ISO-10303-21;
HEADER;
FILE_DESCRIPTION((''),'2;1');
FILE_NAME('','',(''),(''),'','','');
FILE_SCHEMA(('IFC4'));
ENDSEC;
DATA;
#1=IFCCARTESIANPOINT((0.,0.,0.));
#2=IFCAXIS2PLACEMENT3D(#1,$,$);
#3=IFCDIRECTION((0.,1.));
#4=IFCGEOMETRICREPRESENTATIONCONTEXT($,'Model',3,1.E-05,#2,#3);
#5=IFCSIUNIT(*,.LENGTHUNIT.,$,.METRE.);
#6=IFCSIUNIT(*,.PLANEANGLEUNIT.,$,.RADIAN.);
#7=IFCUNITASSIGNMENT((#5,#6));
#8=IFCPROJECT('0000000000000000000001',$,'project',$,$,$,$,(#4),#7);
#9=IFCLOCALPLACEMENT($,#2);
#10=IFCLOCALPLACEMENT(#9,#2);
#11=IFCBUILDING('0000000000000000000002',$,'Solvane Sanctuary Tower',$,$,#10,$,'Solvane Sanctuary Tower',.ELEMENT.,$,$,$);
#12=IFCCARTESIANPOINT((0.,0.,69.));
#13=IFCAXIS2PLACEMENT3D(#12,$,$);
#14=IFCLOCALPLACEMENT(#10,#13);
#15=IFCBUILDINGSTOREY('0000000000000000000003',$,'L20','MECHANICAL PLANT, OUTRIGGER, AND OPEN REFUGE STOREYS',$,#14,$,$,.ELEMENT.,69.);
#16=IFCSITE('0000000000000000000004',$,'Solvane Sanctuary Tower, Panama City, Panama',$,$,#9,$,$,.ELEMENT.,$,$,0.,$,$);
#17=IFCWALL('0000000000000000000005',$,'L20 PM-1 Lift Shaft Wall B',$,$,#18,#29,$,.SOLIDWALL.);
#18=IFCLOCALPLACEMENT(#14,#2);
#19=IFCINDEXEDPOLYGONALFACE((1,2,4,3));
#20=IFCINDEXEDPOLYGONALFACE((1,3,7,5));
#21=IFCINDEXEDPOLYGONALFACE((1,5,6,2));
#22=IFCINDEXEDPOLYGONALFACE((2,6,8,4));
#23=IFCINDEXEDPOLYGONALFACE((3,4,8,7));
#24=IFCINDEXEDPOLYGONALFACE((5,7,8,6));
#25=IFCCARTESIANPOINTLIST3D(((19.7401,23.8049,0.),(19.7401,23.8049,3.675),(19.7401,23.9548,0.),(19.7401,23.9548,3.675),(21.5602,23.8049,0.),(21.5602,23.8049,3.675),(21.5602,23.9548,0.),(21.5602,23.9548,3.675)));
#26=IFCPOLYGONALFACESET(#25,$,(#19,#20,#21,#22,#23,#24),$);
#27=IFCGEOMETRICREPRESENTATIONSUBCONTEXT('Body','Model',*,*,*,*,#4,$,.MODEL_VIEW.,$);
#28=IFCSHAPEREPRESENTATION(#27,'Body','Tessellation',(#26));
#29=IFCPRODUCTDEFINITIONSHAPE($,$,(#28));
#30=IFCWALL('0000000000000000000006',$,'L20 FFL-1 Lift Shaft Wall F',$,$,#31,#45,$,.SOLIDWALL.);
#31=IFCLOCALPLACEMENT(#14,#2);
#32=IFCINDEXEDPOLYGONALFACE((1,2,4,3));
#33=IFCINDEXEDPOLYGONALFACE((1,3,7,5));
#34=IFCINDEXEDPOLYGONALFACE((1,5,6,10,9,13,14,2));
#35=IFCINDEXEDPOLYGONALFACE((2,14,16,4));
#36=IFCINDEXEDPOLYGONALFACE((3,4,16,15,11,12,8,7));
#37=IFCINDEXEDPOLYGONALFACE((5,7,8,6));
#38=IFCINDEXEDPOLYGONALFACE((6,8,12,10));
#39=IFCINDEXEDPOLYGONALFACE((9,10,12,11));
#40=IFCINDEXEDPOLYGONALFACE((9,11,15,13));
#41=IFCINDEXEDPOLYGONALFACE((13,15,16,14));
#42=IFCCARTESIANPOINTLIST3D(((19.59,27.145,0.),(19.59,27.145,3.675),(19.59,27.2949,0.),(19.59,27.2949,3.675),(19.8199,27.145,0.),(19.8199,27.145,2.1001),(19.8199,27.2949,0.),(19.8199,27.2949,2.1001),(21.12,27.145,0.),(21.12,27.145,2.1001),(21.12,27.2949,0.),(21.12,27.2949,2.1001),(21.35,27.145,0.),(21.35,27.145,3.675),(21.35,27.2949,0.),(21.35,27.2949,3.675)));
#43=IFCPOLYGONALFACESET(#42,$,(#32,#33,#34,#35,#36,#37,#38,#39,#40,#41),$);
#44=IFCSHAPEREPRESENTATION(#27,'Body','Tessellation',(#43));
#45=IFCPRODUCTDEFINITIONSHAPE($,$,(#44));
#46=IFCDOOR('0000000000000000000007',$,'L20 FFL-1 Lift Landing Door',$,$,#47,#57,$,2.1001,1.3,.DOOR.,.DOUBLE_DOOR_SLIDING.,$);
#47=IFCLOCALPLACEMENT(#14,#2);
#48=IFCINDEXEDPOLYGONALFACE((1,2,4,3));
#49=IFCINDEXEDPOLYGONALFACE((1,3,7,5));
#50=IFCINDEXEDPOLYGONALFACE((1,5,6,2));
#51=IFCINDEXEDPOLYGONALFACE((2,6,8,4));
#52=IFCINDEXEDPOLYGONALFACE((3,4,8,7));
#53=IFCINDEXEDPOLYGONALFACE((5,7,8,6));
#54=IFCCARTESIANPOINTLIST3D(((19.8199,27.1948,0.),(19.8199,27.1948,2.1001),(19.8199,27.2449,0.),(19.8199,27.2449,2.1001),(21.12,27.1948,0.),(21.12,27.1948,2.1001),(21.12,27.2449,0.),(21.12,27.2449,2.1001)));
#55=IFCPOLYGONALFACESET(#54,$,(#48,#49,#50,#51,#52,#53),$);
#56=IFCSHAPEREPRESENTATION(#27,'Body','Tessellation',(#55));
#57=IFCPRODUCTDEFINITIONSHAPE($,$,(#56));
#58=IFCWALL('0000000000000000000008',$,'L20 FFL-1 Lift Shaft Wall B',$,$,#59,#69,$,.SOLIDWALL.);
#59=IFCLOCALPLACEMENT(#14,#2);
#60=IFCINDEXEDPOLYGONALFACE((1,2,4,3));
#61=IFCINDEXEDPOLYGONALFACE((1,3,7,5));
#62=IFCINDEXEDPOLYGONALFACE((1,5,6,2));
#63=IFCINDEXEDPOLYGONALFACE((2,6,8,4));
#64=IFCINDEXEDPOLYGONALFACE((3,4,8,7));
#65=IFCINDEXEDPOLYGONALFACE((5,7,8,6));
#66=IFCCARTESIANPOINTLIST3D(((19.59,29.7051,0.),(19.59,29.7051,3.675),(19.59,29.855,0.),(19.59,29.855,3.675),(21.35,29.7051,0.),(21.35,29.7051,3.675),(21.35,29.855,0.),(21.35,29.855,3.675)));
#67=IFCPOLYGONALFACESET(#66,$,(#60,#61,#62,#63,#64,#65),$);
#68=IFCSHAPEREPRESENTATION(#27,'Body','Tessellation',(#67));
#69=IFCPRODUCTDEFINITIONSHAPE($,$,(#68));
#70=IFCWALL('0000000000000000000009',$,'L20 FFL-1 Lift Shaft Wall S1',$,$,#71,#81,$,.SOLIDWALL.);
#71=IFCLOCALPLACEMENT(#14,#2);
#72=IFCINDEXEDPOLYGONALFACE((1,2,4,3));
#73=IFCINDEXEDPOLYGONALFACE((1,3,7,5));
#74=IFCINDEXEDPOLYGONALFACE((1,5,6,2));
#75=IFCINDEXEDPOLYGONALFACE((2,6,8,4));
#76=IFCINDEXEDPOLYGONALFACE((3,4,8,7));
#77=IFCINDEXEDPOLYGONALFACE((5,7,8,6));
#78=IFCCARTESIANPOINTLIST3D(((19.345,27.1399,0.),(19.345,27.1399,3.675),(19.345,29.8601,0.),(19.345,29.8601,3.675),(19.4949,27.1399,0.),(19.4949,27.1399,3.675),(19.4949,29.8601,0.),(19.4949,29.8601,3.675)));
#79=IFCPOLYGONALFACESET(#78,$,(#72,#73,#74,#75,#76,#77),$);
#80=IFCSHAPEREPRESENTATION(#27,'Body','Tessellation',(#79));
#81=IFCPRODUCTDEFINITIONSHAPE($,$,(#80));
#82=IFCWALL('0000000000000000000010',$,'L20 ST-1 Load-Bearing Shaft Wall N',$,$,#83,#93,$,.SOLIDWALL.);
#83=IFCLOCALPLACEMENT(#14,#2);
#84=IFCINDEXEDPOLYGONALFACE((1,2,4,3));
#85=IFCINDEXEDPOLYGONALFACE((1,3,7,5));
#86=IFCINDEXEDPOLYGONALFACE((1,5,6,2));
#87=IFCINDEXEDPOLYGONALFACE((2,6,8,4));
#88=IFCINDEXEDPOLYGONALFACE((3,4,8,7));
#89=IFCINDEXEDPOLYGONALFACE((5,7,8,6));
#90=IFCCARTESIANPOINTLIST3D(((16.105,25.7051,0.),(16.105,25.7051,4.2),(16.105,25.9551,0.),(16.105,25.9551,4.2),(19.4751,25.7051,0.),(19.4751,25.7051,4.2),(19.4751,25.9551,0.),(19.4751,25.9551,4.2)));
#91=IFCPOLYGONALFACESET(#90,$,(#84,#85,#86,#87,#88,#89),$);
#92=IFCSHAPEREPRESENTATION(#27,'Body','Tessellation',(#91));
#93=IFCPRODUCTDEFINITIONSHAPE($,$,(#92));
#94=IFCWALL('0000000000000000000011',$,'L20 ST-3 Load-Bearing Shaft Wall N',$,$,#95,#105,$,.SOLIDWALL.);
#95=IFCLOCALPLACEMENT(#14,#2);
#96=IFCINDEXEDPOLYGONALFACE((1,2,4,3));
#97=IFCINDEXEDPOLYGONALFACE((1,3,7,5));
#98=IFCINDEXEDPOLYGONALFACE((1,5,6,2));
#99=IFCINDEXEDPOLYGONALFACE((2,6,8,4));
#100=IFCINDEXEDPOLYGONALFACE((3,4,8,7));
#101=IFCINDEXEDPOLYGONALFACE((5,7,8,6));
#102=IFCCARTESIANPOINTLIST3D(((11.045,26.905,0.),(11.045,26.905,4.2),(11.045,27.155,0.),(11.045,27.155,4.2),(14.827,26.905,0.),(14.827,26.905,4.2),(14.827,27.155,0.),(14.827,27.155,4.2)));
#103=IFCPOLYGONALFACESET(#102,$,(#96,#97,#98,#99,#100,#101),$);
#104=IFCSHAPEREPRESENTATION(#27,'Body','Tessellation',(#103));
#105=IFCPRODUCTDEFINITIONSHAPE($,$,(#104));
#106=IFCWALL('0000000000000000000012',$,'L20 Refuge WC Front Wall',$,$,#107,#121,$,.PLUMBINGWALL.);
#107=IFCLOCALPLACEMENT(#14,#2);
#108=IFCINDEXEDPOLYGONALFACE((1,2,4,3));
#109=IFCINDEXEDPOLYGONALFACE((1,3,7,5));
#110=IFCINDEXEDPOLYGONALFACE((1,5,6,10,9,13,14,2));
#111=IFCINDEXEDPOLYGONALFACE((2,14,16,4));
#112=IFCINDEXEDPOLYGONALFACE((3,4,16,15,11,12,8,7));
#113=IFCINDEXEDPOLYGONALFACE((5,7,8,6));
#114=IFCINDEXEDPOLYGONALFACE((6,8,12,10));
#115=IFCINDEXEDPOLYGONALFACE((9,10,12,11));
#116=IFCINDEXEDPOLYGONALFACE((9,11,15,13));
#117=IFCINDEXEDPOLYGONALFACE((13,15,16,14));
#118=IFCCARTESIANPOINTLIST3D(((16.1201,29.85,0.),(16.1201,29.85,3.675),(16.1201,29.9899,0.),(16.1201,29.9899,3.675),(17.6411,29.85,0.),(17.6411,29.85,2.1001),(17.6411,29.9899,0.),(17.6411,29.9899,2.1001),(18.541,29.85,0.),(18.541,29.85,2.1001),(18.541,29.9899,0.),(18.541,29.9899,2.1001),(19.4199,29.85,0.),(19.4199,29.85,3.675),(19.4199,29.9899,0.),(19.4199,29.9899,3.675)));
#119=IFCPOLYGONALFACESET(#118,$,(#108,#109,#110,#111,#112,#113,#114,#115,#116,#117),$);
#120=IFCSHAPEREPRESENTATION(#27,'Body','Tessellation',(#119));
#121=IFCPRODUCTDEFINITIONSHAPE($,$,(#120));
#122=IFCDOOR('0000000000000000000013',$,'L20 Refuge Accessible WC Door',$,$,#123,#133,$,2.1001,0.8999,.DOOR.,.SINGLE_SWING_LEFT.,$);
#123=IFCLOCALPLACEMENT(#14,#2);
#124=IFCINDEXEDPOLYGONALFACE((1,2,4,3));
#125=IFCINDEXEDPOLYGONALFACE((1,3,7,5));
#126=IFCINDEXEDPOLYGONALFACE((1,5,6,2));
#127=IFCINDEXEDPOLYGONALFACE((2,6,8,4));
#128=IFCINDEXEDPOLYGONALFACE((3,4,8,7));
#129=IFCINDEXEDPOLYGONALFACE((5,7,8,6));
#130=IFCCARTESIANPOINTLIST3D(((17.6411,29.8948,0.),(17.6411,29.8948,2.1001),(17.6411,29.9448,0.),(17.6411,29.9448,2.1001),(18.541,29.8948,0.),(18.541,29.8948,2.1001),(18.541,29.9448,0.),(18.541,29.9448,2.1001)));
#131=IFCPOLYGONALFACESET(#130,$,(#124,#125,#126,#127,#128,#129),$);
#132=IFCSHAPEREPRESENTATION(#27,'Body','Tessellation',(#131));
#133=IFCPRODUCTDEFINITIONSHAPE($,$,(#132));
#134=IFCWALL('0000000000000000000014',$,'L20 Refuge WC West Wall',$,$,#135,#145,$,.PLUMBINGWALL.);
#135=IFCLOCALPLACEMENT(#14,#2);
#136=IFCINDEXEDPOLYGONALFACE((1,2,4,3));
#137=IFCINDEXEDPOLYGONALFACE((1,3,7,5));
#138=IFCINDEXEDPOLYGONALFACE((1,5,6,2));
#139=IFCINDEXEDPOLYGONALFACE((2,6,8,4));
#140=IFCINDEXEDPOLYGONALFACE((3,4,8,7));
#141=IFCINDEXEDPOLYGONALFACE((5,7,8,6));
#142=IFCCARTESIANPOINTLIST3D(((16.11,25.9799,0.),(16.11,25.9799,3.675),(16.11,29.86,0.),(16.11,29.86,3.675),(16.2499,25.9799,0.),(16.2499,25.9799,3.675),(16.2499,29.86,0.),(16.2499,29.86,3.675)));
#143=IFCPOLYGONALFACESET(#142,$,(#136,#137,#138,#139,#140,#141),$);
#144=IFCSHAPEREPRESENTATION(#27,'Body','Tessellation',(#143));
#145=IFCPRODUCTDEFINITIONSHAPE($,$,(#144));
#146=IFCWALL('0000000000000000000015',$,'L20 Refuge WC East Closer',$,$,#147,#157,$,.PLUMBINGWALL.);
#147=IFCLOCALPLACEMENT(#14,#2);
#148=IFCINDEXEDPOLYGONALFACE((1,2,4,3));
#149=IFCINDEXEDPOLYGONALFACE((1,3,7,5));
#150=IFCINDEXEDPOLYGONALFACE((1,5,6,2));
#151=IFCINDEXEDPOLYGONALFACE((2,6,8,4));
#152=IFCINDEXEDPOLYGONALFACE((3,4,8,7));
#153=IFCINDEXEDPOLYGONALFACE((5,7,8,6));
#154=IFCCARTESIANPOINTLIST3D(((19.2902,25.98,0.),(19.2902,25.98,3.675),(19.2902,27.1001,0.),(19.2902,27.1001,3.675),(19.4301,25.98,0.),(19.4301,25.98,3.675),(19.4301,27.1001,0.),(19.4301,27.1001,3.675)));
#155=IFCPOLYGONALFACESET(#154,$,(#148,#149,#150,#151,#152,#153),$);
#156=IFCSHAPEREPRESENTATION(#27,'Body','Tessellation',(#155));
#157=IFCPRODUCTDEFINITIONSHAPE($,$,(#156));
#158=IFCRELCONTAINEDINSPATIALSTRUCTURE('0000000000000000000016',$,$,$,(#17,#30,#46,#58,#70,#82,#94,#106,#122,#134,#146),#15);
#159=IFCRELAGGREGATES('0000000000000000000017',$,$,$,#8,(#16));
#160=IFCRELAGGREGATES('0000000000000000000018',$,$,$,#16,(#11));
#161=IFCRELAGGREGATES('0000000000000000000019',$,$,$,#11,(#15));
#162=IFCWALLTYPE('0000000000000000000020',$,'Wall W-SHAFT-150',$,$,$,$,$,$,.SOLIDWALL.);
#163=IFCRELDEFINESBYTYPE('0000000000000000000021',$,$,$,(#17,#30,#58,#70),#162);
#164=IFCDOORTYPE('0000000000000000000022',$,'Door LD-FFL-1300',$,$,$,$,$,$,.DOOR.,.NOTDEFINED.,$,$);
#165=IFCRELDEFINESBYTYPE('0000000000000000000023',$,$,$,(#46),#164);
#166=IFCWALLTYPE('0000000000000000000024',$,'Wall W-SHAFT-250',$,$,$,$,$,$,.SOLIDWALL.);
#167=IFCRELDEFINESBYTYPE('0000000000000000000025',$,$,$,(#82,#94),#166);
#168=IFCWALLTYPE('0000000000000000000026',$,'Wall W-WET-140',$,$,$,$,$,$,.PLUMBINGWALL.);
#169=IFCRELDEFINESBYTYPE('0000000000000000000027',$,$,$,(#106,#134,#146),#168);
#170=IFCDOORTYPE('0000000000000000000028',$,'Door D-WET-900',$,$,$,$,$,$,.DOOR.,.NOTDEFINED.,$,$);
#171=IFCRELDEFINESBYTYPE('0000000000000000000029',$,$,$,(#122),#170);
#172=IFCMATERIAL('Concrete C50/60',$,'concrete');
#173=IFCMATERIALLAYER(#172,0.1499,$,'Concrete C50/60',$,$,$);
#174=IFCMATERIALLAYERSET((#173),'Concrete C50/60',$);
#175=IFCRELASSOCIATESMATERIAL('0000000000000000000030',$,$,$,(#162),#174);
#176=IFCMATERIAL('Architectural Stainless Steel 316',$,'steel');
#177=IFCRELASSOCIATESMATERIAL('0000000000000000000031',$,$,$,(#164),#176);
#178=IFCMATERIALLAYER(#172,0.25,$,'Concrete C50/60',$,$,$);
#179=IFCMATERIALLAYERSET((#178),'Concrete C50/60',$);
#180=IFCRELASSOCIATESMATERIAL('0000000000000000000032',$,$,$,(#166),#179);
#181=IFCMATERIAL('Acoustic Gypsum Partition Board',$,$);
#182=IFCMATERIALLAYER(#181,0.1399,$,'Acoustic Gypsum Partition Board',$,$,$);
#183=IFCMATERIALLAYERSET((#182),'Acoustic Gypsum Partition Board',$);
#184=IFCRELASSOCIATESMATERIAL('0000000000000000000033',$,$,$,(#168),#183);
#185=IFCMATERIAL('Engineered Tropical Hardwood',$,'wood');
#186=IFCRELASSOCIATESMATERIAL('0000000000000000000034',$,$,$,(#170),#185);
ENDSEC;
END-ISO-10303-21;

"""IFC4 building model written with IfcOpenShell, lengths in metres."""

from ifc_helpers import new_model, si_unit, direction, frame, frame_2d, origin, place, context, subcontext, project, spatial, rectangle, extrude, material, layer, layer_set, type_object, element, fill, save


model = new_model("IFC4")

# Units and contexts
model_context = context("Model", 3, precision=1e-05, world=origin(), true_north=direction((0.0, 1.0)))
body_context = subcontext(model_context, "Body", "Model", "MODEL_VIEW")
ifc_project = project(units=[si_unit("LENGTHUNIT", "METRE"), si_unit("PLANEANGLEUNIT", "RADIAN")], contexts=[model_context])

# Site, building, storey
site_placement = place(None, origin())
site = spatial("IfcSite", under=ifc_project, at=site_placement, Name="Solvane Sanctuary Tower, Panama City, Panama", CompositionType="ELEMENT", RefElevation=0.0)
building_placement = place(site_placement, origin())
building = spatial("IfcBuilding", under=site, at=building_placement, Name="Solvane Sanctuary Tower", LongName="Solvane Sanctuary Tower", CompositionType="ELEMENT")
storey_placement = place(building_placement, frame((0.0, 0.0, 69.0)))
storey = spatial("IfcBuildingStorey", under=building, at=storey_placement, Name="L20", Description="MECHANICAL PLANT, OUTRIGGER, AND OPEN REFUGE STOREYS", CompositionType="ELEMENT", Elevation=69.0)

# Wall
ifc_material_1 = material(Name="Acoustic Gypsum Partition Board")
ifc_material_2 = material(Name="Concrete C50/60", Category="concrete")
ifc_layer_1 = layer(ifc_material_2, 0.1499, Name="Concrete C50/60")
ifc_layer_set_1 = layer_set([ifc_layer_1], Name="Concrete C50/60")
wall_type_1 = type_object("IfcWallType", Name="Wall W-SHAFT-150", PredefinedType="SOLIDWALL", material=ifc_layer_set_1)
for number, where, z_axis, x_axis, name in (
    (1, (19.74, 23.8799, 0.0), (0.0, 0.0, 1.0), (1.0, 0.0, 0.0), "L20 PM-1 Lift Shaft Wall B"),
):
    element("IfcWall", number, at=place(storey_placement, frame(where, z_axis=z_axis, x_axis=x_axis)), inside=storey, type_object=wall_type_1, Name=name, PredefinedType="SOLIDWALL", context=body_context, shape_type="SweptSolid", body=[
        extrude(rectangle(XDim=1.8201, YDim=0.1499, at=frame_2d((0.9102, 0.0))), origin(), (0.0, 0.0, 1.0), 3.675),
    ])

# Wall, opening, door
wall_1_placement = place(storey_placement, frame((19.5901, 27.22, 0.0), z_axis=(0.0, 0.0, 1.0), x_axis=(1.0, 0.0, 0.0)))
wall_1 = element("IfcWall", 2, at=wall_1_placement, inside=storey, type_object=wall_type_1, Name="L20 FFL-1 Lift Shaft Wall F", PredefinedType="SOLIDWALL", context=body_context, shape_type="SweptSolid", body=[
    extrude(rectangle(XDim=1.76, YDim=0.1499, at=frame_2d((0.8799, 0.0))), origin(), (0.0, 0.0, 1.0), 3.675),
])
opening_1_placement = place(wall_1_placement, frame((0.23, 0.0, 0.0)))
opening_1 = element("IfcOpeningElement", 3, at=opening_1_placement, cuts=wall_1, PredefinedType="OPENING", context=body_context, shape_type="SweptSolid", body=[
    extrude(rectangle(XDim=1.3, YDim=2.1001, at=frame_2d((0.6499, 1.05))), frame((0.0, 0.085, 0.0), z_axis=(0.0, -1.0, 0.0), x_axis=(1.0, 0.0, 0.0)), (0.0, 0.0, 1.0), 0.1699),
])
ifc_material_3 = material(Name="Architectural Stainless Steel 316", Category="steel")
door_type_1 = type_object("IfcDoorType", Name="Door LD-FFL-1300", OperationType="NOTDEFINED", PredefinedType="DOOR", material=ifc_material_3)
door_1_placement = place(opening_1_placement, origin())
door_1 = element("IfcDoor", 4, at=door_1_placement, inside=storey, type_object=door_type_1, Name="L20 FFL-1 Lift Landing Door", OperationType="DOUBLE_DOOR_SLIDING", OverallHeight=2.1001, OverallWidth=1.3, PredefinedType="DOOR", context=body_context, shape_type="SweptSolid", body=[
    extrude(rectangle(XDim=1.3, YDim=2.1001, at=frame_2d((0.6499, 1.05))), frame((0.0, 0.0249, 0.0), z_axis=(0.0, -1.0, 0.0), x_axis=(1.0, 0.0, 0.0)), (0.0, 0.0, 1.0), 0.05),
])
fill(opening_1, door_1)

# Walls
wall_2_placement = place(storey_placement, frame((19.5901, 29.78, 0.0), z_axis=(0.0, 0.0, 1.0), x_axis=(1.0, 0.0, 0.0)))
element("IfcWall", 5, at=wall_2_placement, inside=storey, type_object=wall_type_1, Name="L20 FFL-1 Lift Shaft Wall B", PredefinedType="SOLIDWALL", context=body_context, shape_type="SweptSolid", body=[
    extrude(rectangle(XDim=1.76, YDim=0.1499, at=frame_2d((0.8799, 0.0))), origin(), (0.0, 0.0, 1.0), 3.675),
])
wall_3_placement = place(storey_placement, frame((19.4199, 27.1399, 0.0), z_axis=(0.0, 0.0, 1.0), x_axis=(0.0, 1.0, 0.0)))
element("IfcWall", 6, at=wall_3_placement, inside=storey, type_object=wall_type_1, Name="L20 FFL-1 Lift Shaft Wall S1", PredefinedType="SOLIDWALL", context=body_context, shape_type="SweptSolid", body=[
    extrude(rectangle(XDim=2.7202, YDim=0.1499, at=frame_2d((1.3601, 0.0))), origin(), (0.0, 0.0, 1.0), 3.675),
])
ifc_layer_2 = layer(ifc_material_2, 0.25, Name="Concrete C50/60")
ifc_layer_set_2 = layer_set([ifc_layer_2], Name="Concrete C50/60")
wall_type_2 = type_object("IfcWallType", Name="Wall W-SHAFT-250", PredefinedType="SOLIDWALL", material=ifc_layer_set_2)
wall_4_placement = place(storey_placement, frame((16.105, 25.8301, 0.0), z_axis=(0.0, 0.0, 1.0), x_axis=(1.0, 0.0, 0.0)))
element("IfcWall", 7, at=wall_4_placement, inside=storey, type_object=wall_type_2, Name="L20 ST-1 Load-Bearing Shaft Wall N", PredefinedType="SOLIDWALL", context=body_context, shape_type="SweptSolid", body=[
    extrude(rectangle(XDim=3.3701, YDim=0.25, at=frame_2d((1.6851, 0.0))), origin(), (0.0, 0.0, 1.0), 4.2),
])
wall_5_placement = place(storey_placement, frame((11.0449, 27.03, 0.0), z_axis=(0.0, 0.0, 1.0), x_axis=(1.0, 0.0, 0.0)))
element("IfcWall", 8, at=wall_5_placement, inside=storey, type_object=wall_type_2, Name="L20 ST-3 Load-Bearing Shaft Wall N", PredefinedType="SOLIDWALL", context=body_context, shape_type="SweptSolid", body=[
    extrude(rectangle(XDim=3.782, YDim=0.25, at=frame_2d((1.8911, 0.0))), origin(), (0.0, 0.0, 1.0), 4.2),
])

# Wall, opening, door
ifc_layer_3 = layer(ifc_material_1, 0.1399, Name="Acoustic Gypsum Partition Board")
ifc_layer_set_3 = layer_set([ifc_layer_3], Name="Acoustic Gypsum Partition Board")
wall_type_3 = type_object("IfcWallType", Name="Wall W-WET-140", PredefinedType="PLUMBINGWALL", material=ifc_layer_set_3)
wall_6_placement = place(storey_placement, frame((16.1201, 29.9199, 0.0), z_axis=(0.0, 0.0, 1.0), x_axis=(1.0, 0.0, 0.0)))
wall_6 = element("IfcWall", 9, at=wall_6_placement, inside=storey, type_object=wall_type_3, Name="L20 Refuge WC Front Wall", PredefinedType="PLUMBINGWALL", context=body_context, shape_type="SweptSolid", body=[
    extrude(rectangle(XDim=3.2998, YDim=0.1399, at=frame_2d((1.6499, 0.0))), origin(), (0.0, 0.0, 1.0), 3.675),
])
opening_2_placement = place(wall_6_placement, frame((1.521, 0.0, 0.0)))
opening_2 = element("IfcOpeningElement", 10, at=opening_2_placement, cuts=wall_6, PredefinedType="OPENING", context=body_context, shape_type="SweptSolid", body=[
    extrude(rectangle(XDim=0.8999, YDim=2.1001, at=frame_2d((0.45, 1.05))), frame((0.0, 0.0798, 0.0), z_axis=(0.0, -1.0, 0.0), x_axis=(1.0, 0.0, 0.0)), (0.0, 0.0, 1.0), 0.1599),
])
ifc_material_4 = material(Name="Engineered Tropical Hardwood", Category="wood")
door_type_2 = type_object("IfcDoorType", Name="Door D-WET-900", OperationType="NOTDEFINED", PredefinedType="DOOR", material=ifc_material_4)
door_2_placement = place(opening_2_placement, origin())
door_2 = element("IfcDoor", 11, at=door_2_placement, inside=storey, type_object=door_type_2, Name="L20 Refuge Accessible WC Door", OperationType="SINGLE_SWING_LEFT", OverallHeight=2.1001, OverallWidth=0.8999, PredefinedType="DOOR", context=body_context, shape_type="SweptSolid", body=[
    extrude(rectangle(XDim=0.8999, YDim=2.1001, at=frame_2d((0.45, 1.05))), frame((0.0, 0.0249, 0.0), z_axis=(0.0, -1.0, 0.0), x_axis=(1.0, 0.0, 0.0)), (0.0, 0.0, 1.0), 0.05),
])
fill(opening_2, door_2)

# Walls
wall_7_placement = place(storey_placement, frame((16.1799, 25.98, 0.0), z_axis=(0.0, 0.0, 1.0), x_axis=(0.0, 1.0, 0.0)))
element("IfcWall", 12, at=wall_7_placement, inside=storey, type_object=wall_type_3, Name="L20 Refuge WC West Wall", PredefinedType="PLUMBINGWALL", context=body_context, shape_type="SweptSolid", body=[
    extrude(rectangle(XDim=3.8801, YDim=0.1399, at=frame_2d((1.9399, 0.0))), origin(), (0.0, 0.0, 1.0), 3.675),
])
wall_8_placement = place(storey_placement, frame((19.3601, 25.98, 0.0), z_axis=(0.0, 0.0, 1.0), x_axis=(0.0, 1.0, 0.0)))
element("IfcWall", 13, at=wall_8_placement, inside=storey, type_object=wall_type_3, Name="L20 Refuge WC East Closer", PredefinedType="PLUMBINGWALL", context=body_context, shape_type="SweptSolid", body=[
    extrude(rectangle(XDim=1.1201, YDim=0.1399, at=frame_2d((0.5601, 0.0))), origin(), (0.0, 0.0, 1.0), 3.675),
])

save(model, "model.ifc")
